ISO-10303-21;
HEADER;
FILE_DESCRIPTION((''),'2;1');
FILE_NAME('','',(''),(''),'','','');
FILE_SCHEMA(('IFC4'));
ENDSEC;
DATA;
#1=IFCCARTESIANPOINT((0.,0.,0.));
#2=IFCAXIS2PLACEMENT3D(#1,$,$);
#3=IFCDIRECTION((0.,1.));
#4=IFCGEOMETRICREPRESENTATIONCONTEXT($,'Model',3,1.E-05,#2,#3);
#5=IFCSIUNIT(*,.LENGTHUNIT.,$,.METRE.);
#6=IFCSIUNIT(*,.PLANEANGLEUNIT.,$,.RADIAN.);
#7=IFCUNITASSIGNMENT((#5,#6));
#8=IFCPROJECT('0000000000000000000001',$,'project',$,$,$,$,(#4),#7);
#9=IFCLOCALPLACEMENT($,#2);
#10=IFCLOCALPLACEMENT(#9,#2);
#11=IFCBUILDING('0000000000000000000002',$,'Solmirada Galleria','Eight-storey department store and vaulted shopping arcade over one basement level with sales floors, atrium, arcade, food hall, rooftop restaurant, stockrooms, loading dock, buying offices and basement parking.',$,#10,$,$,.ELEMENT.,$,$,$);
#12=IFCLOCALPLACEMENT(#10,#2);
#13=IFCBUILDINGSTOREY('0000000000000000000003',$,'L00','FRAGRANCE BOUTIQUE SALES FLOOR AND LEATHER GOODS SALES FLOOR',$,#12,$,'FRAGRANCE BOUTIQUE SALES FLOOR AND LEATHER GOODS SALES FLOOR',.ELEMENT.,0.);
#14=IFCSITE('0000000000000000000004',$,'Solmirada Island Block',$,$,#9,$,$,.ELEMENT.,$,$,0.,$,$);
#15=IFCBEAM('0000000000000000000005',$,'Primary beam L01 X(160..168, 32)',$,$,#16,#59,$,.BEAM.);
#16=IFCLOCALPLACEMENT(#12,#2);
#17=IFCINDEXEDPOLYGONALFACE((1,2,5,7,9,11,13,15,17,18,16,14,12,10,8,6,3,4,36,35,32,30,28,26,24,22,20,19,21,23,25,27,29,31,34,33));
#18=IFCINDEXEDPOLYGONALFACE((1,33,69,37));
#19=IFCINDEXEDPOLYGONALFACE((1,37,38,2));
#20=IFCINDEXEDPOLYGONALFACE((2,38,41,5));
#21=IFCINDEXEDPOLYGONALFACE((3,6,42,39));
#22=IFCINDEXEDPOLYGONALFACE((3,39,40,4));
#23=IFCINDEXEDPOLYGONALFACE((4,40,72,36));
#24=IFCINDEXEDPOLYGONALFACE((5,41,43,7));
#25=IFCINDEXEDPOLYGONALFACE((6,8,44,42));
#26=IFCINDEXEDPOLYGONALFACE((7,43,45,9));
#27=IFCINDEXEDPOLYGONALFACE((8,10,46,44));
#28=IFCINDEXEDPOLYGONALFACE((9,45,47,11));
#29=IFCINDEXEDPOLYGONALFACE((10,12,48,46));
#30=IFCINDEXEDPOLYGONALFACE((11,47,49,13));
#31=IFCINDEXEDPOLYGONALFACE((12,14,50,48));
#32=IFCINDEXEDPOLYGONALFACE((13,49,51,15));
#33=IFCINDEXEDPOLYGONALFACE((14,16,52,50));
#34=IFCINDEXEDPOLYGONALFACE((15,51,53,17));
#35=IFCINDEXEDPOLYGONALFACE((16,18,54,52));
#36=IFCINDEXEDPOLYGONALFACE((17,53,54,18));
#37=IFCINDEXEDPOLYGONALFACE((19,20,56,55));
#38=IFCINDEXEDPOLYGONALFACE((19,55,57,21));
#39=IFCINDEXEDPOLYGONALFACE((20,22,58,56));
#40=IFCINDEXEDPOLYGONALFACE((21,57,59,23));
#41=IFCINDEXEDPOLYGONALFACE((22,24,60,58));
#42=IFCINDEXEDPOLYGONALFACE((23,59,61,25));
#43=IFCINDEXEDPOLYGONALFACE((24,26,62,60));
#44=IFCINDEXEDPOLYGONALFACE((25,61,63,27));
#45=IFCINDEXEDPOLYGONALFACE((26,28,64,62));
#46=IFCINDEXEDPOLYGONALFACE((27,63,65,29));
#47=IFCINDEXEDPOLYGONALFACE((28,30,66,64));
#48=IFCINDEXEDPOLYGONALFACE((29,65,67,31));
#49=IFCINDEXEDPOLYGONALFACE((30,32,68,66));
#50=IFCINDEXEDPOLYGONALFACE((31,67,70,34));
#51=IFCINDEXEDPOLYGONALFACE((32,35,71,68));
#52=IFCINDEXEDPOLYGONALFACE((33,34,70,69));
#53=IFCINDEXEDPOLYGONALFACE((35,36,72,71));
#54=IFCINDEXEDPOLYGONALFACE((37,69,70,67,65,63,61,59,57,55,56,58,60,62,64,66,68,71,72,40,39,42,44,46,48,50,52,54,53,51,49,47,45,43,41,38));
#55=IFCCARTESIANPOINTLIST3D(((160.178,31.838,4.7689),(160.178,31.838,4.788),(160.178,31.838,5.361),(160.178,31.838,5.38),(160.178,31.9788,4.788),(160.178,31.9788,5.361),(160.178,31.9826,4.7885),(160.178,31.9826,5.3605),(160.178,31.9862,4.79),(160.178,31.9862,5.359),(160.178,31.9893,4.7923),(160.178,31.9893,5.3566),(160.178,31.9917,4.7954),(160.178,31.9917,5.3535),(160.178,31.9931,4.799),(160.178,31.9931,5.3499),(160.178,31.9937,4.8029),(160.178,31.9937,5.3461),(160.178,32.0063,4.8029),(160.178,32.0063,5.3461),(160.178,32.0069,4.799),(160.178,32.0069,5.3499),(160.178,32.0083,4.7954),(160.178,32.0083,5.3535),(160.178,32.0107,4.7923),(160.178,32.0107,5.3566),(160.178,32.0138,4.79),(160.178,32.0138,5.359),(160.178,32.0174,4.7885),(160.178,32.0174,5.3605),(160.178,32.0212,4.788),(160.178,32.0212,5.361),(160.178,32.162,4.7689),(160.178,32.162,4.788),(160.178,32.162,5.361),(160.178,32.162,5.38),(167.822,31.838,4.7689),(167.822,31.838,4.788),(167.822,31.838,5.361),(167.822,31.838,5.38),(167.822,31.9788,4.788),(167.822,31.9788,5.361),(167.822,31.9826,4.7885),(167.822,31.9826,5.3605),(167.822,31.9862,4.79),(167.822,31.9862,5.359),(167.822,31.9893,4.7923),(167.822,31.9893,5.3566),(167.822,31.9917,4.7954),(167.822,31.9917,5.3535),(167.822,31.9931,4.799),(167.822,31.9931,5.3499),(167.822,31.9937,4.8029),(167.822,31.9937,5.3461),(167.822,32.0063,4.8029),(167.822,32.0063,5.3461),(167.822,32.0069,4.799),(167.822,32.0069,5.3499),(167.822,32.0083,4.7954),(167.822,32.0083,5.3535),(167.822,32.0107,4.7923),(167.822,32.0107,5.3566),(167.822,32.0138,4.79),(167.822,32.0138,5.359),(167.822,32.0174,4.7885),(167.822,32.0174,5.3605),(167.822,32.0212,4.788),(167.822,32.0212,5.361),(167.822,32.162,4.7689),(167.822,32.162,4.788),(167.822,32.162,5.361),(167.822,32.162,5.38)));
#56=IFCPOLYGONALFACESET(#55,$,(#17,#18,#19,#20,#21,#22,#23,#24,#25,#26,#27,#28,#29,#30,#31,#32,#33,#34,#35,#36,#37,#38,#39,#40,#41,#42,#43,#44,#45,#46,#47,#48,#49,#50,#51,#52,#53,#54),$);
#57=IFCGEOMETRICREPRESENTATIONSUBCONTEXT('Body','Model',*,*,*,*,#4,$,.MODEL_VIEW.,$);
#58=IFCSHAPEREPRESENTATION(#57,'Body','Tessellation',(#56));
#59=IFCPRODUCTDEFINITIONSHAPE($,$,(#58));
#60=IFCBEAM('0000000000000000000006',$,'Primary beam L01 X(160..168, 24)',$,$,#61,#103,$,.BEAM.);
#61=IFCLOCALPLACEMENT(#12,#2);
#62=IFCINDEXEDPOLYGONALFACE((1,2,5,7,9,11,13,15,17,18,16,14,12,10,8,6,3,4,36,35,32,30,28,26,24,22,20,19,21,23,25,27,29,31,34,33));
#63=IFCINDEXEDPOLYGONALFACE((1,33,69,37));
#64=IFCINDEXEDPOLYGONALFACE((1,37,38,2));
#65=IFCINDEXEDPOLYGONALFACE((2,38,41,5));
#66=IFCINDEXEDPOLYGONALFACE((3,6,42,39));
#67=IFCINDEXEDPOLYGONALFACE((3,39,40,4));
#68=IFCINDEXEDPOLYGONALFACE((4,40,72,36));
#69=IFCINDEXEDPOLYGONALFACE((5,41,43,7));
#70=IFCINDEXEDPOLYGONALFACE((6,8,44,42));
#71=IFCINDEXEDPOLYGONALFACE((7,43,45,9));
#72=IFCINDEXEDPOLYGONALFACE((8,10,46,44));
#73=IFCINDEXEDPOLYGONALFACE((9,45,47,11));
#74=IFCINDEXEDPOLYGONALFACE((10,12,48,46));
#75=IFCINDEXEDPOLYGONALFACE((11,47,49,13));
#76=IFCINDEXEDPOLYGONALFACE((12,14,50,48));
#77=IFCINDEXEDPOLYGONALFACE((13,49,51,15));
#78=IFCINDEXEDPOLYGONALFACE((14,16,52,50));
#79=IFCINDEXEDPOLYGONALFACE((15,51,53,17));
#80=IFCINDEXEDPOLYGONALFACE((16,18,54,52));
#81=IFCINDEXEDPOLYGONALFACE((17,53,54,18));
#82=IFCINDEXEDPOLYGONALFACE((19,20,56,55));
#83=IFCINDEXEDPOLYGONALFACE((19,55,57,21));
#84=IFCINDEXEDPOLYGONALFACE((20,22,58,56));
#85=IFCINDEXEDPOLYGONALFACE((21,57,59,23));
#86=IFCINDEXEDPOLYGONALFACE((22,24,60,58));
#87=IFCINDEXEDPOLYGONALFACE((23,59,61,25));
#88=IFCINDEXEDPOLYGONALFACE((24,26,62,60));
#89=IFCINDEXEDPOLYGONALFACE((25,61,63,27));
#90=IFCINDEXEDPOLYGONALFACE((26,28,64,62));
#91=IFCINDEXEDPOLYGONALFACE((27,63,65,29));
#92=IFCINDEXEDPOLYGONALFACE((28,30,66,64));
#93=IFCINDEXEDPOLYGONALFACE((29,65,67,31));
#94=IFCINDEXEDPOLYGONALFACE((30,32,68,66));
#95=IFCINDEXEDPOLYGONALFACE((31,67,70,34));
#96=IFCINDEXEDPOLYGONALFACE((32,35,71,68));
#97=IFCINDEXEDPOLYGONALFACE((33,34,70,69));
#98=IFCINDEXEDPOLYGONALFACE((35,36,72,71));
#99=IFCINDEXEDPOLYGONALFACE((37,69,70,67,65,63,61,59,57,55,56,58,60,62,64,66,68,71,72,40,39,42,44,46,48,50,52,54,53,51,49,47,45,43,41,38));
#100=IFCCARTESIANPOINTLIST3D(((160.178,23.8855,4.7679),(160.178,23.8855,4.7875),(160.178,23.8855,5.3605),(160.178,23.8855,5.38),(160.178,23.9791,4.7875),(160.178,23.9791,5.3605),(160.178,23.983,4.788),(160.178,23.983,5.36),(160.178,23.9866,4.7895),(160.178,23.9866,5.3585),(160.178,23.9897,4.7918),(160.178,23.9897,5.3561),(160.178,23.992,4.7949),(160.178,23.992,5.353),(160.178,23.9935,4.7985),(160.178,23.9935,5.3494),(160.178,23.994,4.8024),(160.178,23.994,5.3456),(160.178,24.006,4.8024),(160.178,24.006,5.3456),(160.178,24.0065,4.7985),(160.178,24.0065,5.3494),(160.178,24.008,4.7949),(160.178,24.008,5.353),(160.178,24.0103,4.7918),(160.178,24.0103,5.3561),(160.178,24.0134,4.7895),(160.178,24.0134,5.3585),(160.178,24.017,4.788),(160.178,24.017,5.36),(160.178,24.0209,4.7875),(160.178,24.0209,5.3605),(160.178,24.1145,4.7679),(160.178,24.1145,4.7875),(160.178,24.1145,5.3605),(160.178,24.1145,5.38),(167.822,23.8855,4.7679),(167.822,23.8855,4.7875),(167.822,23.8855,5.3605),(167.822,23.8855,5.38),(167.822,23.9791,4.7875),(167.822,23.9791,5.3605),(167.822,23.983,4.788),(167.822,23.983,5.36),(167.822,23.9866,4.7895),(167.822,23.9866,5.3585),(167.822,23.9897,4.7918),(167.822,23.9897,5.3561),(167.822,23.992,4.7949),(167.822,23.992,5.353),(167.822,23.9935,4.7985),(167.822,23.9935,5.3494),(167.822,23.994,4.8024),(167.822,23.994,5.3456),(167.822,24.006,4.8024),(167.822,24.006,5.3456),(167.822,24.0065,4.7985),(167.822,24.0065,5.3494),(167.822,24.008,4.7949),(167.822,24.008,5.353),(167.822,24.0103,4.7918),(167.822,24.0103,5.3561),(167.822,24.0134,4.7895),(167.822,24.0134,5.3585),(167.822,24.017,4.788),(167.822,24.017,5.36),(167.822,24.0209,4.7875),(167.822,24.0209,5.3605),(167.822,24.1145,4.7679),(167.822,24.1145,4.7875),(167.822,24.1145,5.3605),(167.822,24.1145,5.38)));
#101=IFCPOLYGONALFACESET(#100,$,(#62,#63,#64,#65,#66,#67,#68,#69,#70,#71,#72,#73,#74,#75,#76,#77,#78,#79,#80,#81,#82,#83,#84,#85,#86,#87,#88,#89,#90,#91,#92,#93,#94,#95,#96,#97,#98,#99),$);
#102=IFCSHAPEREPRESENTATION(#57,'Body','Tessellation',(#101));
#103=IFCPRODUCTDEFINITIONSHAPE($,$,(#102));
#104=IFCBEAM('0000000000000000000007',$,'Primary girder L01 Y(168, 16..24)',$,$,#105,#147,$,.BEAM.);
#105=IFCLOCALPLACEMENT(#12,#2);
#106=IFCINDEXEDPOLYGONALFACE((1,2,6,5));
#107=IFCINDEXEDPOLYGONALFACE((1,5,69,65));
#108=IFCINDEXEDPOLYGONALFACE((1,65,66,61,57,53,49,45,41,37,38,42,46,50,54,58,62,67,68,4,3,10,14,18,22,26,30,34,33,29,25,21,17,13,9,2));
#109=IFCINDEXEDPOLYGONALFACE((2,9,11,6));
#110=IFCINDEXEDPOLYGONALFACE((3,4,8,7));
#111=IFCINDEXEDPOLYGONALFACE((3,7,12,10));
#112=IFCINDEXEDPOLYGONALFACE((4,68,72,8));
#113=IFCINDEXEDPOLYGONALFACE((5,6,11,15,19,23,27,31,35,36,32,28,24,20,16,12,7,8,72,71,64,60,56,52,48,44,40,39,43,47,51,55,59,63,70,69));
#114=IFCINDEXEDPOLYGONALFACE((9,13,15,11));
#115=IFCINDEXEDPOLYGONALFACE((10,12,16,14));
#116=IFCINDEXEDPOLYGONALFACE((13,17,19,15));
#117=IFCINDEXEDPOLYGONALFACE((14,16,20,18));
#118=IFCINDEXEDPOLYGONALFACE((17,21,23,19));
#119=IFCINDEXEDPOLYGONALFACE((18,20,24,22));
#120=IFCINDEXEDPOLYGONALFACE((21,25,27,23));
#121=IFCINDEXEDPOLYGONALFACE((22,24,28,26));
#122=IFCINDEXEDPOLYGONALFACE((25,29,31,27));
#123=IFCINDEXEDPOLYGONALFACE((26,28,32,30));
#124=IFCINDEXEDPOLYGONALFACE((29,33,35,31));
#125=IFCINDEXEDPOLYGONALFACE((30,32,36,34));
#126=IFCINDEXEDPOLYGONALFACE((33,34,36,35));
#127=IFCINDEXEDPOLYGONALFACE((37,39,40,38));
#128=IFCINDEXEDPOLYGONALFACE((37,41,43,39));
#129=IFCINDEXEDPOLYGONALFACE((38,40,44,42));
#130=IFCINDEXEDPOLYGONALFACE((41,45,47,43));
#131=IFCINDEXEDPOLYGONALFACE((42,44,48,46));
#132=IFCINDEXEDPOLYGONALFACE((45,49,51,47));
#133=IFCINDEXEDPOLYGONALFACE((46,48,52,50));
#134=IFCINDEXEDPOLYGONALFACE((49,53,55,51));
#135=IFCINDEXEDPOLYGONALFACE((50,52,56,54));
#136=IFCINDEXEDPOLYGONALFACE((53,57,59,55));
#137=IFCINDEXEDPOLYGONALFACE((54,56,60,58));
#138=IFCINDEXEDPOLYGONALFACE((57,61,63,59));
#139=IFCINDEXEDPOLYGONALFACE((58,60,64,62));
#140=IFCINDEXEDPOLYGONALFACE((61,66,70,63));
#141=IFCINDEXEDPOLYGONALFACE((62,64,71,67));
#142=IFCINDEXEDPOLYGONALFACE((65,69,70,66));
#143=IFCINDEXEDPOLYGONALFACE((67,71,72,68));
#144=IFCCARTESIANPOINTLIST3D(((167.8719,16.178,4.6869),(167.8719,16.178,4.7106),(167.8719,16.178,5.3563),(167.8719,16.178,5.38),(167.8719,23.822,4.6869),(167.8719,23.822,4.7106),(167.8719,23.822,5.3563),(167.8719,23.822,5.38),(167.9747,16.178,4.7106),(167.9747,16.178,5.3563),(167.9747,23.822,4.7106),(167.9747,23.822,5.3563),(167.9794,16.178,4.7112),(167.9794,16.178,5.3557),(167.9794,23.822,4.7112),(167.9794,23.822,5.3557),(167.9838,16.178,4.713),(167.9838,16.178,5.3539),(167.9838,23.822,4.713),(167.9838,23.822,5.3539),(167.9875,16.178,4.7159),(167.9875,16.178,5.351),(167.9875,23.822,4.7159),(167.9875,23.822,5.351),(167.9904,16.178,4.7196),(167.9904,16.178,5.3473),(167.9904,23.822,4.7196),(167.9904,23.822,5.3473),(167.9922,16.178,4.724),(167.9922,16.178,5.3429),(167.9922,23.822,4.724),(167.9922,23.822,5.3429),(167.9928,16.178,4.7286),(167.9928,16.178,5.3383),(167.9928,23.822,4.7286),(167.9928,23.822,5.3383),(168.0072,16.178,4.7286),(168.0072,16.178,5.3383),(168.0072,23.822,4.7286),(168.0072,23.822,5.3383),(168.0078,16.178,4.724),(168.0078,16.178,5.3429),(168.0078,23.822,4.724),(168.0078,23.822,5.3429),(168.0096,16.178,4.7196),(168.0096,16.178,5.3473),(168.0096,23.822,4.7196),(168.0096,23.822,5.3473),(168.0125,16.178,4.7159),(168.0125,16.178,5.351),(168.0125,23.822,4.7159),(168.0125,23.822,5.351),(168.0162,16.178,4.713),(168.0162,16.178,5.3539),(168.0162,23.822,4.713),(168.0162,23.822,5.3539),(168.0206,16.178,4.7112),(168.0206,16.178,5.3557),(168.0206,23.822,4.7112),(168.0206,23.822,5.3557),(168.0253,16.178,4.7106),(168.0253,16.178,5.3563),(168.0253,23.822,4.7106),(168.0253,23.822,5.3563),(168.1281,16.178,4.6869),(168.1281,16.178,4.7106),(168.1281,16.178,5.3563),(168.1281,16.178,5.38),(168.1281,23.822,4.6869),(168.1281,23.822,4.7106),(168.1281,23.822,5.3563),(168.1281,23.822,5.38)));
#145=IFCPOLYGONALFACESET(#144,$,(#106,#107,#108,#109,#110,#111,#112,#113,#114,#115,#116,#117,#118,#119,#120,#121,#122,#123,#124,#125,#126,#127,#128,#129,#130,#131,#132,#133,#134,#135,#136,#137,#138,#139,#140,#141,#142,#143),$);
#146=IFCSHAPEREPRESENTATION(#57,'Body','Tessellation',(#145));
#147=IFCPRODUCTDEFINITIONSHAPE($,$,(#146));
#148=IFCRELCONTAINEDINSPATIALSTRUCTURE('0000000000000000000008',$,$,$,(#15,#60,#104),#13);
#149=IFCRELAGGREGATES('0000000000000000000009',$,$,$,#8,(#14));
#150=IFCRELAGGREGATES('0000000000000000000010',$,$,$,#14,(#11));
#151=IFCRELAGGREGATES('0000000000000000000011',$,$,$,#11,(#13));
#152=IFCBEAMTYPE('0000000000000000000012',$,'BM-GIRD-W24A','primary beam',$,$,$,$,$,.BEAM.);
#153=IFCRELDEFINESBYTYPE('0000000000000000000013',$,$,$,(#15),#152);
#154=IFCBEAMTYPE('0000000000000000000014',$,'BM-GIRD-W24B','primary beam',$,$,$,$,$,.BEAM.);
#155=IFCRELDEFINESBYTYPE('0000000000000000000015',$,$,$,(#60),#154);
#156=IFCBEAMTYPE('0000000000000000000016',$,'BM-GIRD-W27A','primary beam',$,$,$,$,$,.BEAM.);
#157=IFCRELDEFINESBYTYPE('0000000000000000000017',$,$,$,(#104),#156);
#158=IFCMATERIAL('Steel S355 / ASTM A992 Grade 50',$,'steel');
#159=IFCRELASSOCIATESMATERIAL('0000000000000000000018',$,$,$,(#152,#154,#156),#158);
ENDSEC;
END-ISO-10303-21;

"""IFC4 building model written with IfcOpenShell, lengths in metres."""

from ifc_helpers import new_model, si_unit, direction, frame, origin, origin_2d, place, context, subcontext, project, spatial, i_section, extrude, material, material_profile, profile_set, type_object, element, save


model = new_model("IFC4")

# Units and contexts
model_context = context("Model", 3, precision=1e-05, world=origin(), true_north=direction((0.0, 1.0)))
body_context = subcontext(model_context, "Body", "Model", "MODEL_VIEW")
ifc_project = project(units=[si_unit("LENGTHUNIT", "METRE"), si_unit("PLANEANGLEUNIT", "RADIAN")], contexts=[model_context])

# Site, building, storey
site_placement = place(None, origin())
site = spatial("IfcSite", under=ifc_project, at=site_placement, Name="Solmirada Island Block", CompositionType="ELEMENT", RefElevation=0.0)
building_placement = place(site_placement, origin())
building = spatial("IfcBuilding", under=site, at=building_placement, Name="Solmirada Galleria", Description="Eight-storey department store and vaulted shopping arcade over one basement level with sales floors, atrium, arcade, food hall, rooftop restaurant, stockrooms, loading dock, buying offices and basement parking.", CompositionType="ELEMENT")
storey_placement = place(building_placement, origin())
storey = spatial("IfcBuildingStorey", under=building, at=storey_placement, Name="L00", Description="FRAGRANCE BOUTIQUE SALES FLOOR AND LEATHER GOODS SALES FLOOR", LongName="FRAGRANCE BOUTIQUE SALES FLOOR AND LEATHER GOODS SALES FLOOR", CompositionType="ELEMENT", Elevation=0.0)

# Beams
ifc_material_1 = material(Name="Steel S355 / ASTM A992 Grade 50", Category="steel")
ifc_material_profile_1 = material_profile(ifc_material_1, i_section(OverallWidth=0.324, OverallDepth=0.6111, WebThickness=0.0127, FlangeThickness=0.019, FilletRadius=0.0149, at=origin_2d()), Name="W24X104")
ifc_profile_set_1 = profile_set([ifc_material_profile_1], Name="Steel S355 / ASTM A992 Grade 50")
beam_type_1 = type_object("IfcBeamType", Name="BM-GIRD-W24A", Description="primary beam", PredefinedType="BEAM", material=ifc_profile_set_1)
for number, where, z_axis, x_axis, name in (
    (1, (160.178, 32.0, 5.0745), (1.0, 0.0, 0.0), (0.0, 1.0, 0.0), "Primary beam L01 X(160..168, 32)"),
):
    element("IfcBeam", number, at=place(storey_placement, frame(where, z_axis=z_axis, x_axis=x_axis)), inside=storey, type_object=beam_type_1, Name=name, PredefinedType="BEAM", context=body_context, shape_type="SweptSolid", body=[
        extrude(i_section(OverallWidth=0.324, OverallDepth=0.6111, WebThickness=0.0127, FlangeThickness=0.019, FilletRadius=0.0149, at=origin_2d()), origin(), (0.0, 0.0, 1.0), 7.644),
    ])
ifc_material_profile_2 = material_profile(ifc_material_1, i_section(OverallWidth=0.229, OverallDepth=0.6121, WebThickness=0.012, FlangeThickness=0.0195, FilletRadius=0.0149, at=origin_2d()), Name="W24X84")
ifc_profile_set_2 = profile_set([ifc_material_profile_2], Name="Steel S355 / ASTM A992 Grade 50")
beam_type_2 = type_object("IfcBeamType", Name="BM-GIRD-W24B", Description="primary beam", PredefinedType="BEAM", material=ifc_profile_set_2)
beam_1_placement = place(storey_placement, frame((160.178, 24.0, 5.074), z_axis=(1.0, 0.0, 0.0), x_axis=(0.0, 1.0, 0.0)))
element("IfcBeam", 2, at=beam_1_placement, inside=storey, type_object=beam_type_2, Name="Primary beam L01 X(160..168, 24)", PredefinedType="BEAM", context=body_context, shape_type="SweptSolid", body=[
    extrude(i_section(OverallWidth=0.229, OverallDepth=0.6121, WebThickness=0.012, FlangeThickness=0.0195, FilletRadius=0.0149, at=origin_2d()), origin(), (0.0, 0.0, 1.0), 7.644),
])
ifc_material_profile_3 = material_profile(ifc_material_1, i_section(OverallWidth=0.2561, OverallDepth=0.6931, WebThickness=0.0144, FlangeThickness=0.0237, FilletRadius=0.0181, at=origin_2d()), Name="W27X114")
ifc_profile_set_3 = profile_set([ifc_material_profile_3], Name="Steel S355 / ASTM A992 Grade 50")
beam_type_3 = type_object("IfcBeamType", Name="BM-GIRD-W27A", Description="primary beam", PredefinedType="BEAM", material=ifc_profile_set_3)
beam_2_placement = place(storey_placement, frame((168.0, 16.178, 5.0334), z_axis=(0.0, 1.0, 0.0), x_axis=(-1.0, 0.0, 0.0)))
element("IfcBeam", 3, at=beam_2_placement, inside=storey, type_object=beam_type_3, Name="Primary girder L01 Y(168, 16..24)", PredefinedType="BEAM", context=body_context, shape_type="SweptSolid", body=[
    extrude(i_section(OverallWidth=0.2561, OverallDepth=0.6931, WebThickness=0.0144, FlangeThickness=0.0237, FilletRadius=0.0181, at=origin_2d()), origin(), (0.0, 0.0, 1.0), 7.644),
])

save(model, "model.ifc")
